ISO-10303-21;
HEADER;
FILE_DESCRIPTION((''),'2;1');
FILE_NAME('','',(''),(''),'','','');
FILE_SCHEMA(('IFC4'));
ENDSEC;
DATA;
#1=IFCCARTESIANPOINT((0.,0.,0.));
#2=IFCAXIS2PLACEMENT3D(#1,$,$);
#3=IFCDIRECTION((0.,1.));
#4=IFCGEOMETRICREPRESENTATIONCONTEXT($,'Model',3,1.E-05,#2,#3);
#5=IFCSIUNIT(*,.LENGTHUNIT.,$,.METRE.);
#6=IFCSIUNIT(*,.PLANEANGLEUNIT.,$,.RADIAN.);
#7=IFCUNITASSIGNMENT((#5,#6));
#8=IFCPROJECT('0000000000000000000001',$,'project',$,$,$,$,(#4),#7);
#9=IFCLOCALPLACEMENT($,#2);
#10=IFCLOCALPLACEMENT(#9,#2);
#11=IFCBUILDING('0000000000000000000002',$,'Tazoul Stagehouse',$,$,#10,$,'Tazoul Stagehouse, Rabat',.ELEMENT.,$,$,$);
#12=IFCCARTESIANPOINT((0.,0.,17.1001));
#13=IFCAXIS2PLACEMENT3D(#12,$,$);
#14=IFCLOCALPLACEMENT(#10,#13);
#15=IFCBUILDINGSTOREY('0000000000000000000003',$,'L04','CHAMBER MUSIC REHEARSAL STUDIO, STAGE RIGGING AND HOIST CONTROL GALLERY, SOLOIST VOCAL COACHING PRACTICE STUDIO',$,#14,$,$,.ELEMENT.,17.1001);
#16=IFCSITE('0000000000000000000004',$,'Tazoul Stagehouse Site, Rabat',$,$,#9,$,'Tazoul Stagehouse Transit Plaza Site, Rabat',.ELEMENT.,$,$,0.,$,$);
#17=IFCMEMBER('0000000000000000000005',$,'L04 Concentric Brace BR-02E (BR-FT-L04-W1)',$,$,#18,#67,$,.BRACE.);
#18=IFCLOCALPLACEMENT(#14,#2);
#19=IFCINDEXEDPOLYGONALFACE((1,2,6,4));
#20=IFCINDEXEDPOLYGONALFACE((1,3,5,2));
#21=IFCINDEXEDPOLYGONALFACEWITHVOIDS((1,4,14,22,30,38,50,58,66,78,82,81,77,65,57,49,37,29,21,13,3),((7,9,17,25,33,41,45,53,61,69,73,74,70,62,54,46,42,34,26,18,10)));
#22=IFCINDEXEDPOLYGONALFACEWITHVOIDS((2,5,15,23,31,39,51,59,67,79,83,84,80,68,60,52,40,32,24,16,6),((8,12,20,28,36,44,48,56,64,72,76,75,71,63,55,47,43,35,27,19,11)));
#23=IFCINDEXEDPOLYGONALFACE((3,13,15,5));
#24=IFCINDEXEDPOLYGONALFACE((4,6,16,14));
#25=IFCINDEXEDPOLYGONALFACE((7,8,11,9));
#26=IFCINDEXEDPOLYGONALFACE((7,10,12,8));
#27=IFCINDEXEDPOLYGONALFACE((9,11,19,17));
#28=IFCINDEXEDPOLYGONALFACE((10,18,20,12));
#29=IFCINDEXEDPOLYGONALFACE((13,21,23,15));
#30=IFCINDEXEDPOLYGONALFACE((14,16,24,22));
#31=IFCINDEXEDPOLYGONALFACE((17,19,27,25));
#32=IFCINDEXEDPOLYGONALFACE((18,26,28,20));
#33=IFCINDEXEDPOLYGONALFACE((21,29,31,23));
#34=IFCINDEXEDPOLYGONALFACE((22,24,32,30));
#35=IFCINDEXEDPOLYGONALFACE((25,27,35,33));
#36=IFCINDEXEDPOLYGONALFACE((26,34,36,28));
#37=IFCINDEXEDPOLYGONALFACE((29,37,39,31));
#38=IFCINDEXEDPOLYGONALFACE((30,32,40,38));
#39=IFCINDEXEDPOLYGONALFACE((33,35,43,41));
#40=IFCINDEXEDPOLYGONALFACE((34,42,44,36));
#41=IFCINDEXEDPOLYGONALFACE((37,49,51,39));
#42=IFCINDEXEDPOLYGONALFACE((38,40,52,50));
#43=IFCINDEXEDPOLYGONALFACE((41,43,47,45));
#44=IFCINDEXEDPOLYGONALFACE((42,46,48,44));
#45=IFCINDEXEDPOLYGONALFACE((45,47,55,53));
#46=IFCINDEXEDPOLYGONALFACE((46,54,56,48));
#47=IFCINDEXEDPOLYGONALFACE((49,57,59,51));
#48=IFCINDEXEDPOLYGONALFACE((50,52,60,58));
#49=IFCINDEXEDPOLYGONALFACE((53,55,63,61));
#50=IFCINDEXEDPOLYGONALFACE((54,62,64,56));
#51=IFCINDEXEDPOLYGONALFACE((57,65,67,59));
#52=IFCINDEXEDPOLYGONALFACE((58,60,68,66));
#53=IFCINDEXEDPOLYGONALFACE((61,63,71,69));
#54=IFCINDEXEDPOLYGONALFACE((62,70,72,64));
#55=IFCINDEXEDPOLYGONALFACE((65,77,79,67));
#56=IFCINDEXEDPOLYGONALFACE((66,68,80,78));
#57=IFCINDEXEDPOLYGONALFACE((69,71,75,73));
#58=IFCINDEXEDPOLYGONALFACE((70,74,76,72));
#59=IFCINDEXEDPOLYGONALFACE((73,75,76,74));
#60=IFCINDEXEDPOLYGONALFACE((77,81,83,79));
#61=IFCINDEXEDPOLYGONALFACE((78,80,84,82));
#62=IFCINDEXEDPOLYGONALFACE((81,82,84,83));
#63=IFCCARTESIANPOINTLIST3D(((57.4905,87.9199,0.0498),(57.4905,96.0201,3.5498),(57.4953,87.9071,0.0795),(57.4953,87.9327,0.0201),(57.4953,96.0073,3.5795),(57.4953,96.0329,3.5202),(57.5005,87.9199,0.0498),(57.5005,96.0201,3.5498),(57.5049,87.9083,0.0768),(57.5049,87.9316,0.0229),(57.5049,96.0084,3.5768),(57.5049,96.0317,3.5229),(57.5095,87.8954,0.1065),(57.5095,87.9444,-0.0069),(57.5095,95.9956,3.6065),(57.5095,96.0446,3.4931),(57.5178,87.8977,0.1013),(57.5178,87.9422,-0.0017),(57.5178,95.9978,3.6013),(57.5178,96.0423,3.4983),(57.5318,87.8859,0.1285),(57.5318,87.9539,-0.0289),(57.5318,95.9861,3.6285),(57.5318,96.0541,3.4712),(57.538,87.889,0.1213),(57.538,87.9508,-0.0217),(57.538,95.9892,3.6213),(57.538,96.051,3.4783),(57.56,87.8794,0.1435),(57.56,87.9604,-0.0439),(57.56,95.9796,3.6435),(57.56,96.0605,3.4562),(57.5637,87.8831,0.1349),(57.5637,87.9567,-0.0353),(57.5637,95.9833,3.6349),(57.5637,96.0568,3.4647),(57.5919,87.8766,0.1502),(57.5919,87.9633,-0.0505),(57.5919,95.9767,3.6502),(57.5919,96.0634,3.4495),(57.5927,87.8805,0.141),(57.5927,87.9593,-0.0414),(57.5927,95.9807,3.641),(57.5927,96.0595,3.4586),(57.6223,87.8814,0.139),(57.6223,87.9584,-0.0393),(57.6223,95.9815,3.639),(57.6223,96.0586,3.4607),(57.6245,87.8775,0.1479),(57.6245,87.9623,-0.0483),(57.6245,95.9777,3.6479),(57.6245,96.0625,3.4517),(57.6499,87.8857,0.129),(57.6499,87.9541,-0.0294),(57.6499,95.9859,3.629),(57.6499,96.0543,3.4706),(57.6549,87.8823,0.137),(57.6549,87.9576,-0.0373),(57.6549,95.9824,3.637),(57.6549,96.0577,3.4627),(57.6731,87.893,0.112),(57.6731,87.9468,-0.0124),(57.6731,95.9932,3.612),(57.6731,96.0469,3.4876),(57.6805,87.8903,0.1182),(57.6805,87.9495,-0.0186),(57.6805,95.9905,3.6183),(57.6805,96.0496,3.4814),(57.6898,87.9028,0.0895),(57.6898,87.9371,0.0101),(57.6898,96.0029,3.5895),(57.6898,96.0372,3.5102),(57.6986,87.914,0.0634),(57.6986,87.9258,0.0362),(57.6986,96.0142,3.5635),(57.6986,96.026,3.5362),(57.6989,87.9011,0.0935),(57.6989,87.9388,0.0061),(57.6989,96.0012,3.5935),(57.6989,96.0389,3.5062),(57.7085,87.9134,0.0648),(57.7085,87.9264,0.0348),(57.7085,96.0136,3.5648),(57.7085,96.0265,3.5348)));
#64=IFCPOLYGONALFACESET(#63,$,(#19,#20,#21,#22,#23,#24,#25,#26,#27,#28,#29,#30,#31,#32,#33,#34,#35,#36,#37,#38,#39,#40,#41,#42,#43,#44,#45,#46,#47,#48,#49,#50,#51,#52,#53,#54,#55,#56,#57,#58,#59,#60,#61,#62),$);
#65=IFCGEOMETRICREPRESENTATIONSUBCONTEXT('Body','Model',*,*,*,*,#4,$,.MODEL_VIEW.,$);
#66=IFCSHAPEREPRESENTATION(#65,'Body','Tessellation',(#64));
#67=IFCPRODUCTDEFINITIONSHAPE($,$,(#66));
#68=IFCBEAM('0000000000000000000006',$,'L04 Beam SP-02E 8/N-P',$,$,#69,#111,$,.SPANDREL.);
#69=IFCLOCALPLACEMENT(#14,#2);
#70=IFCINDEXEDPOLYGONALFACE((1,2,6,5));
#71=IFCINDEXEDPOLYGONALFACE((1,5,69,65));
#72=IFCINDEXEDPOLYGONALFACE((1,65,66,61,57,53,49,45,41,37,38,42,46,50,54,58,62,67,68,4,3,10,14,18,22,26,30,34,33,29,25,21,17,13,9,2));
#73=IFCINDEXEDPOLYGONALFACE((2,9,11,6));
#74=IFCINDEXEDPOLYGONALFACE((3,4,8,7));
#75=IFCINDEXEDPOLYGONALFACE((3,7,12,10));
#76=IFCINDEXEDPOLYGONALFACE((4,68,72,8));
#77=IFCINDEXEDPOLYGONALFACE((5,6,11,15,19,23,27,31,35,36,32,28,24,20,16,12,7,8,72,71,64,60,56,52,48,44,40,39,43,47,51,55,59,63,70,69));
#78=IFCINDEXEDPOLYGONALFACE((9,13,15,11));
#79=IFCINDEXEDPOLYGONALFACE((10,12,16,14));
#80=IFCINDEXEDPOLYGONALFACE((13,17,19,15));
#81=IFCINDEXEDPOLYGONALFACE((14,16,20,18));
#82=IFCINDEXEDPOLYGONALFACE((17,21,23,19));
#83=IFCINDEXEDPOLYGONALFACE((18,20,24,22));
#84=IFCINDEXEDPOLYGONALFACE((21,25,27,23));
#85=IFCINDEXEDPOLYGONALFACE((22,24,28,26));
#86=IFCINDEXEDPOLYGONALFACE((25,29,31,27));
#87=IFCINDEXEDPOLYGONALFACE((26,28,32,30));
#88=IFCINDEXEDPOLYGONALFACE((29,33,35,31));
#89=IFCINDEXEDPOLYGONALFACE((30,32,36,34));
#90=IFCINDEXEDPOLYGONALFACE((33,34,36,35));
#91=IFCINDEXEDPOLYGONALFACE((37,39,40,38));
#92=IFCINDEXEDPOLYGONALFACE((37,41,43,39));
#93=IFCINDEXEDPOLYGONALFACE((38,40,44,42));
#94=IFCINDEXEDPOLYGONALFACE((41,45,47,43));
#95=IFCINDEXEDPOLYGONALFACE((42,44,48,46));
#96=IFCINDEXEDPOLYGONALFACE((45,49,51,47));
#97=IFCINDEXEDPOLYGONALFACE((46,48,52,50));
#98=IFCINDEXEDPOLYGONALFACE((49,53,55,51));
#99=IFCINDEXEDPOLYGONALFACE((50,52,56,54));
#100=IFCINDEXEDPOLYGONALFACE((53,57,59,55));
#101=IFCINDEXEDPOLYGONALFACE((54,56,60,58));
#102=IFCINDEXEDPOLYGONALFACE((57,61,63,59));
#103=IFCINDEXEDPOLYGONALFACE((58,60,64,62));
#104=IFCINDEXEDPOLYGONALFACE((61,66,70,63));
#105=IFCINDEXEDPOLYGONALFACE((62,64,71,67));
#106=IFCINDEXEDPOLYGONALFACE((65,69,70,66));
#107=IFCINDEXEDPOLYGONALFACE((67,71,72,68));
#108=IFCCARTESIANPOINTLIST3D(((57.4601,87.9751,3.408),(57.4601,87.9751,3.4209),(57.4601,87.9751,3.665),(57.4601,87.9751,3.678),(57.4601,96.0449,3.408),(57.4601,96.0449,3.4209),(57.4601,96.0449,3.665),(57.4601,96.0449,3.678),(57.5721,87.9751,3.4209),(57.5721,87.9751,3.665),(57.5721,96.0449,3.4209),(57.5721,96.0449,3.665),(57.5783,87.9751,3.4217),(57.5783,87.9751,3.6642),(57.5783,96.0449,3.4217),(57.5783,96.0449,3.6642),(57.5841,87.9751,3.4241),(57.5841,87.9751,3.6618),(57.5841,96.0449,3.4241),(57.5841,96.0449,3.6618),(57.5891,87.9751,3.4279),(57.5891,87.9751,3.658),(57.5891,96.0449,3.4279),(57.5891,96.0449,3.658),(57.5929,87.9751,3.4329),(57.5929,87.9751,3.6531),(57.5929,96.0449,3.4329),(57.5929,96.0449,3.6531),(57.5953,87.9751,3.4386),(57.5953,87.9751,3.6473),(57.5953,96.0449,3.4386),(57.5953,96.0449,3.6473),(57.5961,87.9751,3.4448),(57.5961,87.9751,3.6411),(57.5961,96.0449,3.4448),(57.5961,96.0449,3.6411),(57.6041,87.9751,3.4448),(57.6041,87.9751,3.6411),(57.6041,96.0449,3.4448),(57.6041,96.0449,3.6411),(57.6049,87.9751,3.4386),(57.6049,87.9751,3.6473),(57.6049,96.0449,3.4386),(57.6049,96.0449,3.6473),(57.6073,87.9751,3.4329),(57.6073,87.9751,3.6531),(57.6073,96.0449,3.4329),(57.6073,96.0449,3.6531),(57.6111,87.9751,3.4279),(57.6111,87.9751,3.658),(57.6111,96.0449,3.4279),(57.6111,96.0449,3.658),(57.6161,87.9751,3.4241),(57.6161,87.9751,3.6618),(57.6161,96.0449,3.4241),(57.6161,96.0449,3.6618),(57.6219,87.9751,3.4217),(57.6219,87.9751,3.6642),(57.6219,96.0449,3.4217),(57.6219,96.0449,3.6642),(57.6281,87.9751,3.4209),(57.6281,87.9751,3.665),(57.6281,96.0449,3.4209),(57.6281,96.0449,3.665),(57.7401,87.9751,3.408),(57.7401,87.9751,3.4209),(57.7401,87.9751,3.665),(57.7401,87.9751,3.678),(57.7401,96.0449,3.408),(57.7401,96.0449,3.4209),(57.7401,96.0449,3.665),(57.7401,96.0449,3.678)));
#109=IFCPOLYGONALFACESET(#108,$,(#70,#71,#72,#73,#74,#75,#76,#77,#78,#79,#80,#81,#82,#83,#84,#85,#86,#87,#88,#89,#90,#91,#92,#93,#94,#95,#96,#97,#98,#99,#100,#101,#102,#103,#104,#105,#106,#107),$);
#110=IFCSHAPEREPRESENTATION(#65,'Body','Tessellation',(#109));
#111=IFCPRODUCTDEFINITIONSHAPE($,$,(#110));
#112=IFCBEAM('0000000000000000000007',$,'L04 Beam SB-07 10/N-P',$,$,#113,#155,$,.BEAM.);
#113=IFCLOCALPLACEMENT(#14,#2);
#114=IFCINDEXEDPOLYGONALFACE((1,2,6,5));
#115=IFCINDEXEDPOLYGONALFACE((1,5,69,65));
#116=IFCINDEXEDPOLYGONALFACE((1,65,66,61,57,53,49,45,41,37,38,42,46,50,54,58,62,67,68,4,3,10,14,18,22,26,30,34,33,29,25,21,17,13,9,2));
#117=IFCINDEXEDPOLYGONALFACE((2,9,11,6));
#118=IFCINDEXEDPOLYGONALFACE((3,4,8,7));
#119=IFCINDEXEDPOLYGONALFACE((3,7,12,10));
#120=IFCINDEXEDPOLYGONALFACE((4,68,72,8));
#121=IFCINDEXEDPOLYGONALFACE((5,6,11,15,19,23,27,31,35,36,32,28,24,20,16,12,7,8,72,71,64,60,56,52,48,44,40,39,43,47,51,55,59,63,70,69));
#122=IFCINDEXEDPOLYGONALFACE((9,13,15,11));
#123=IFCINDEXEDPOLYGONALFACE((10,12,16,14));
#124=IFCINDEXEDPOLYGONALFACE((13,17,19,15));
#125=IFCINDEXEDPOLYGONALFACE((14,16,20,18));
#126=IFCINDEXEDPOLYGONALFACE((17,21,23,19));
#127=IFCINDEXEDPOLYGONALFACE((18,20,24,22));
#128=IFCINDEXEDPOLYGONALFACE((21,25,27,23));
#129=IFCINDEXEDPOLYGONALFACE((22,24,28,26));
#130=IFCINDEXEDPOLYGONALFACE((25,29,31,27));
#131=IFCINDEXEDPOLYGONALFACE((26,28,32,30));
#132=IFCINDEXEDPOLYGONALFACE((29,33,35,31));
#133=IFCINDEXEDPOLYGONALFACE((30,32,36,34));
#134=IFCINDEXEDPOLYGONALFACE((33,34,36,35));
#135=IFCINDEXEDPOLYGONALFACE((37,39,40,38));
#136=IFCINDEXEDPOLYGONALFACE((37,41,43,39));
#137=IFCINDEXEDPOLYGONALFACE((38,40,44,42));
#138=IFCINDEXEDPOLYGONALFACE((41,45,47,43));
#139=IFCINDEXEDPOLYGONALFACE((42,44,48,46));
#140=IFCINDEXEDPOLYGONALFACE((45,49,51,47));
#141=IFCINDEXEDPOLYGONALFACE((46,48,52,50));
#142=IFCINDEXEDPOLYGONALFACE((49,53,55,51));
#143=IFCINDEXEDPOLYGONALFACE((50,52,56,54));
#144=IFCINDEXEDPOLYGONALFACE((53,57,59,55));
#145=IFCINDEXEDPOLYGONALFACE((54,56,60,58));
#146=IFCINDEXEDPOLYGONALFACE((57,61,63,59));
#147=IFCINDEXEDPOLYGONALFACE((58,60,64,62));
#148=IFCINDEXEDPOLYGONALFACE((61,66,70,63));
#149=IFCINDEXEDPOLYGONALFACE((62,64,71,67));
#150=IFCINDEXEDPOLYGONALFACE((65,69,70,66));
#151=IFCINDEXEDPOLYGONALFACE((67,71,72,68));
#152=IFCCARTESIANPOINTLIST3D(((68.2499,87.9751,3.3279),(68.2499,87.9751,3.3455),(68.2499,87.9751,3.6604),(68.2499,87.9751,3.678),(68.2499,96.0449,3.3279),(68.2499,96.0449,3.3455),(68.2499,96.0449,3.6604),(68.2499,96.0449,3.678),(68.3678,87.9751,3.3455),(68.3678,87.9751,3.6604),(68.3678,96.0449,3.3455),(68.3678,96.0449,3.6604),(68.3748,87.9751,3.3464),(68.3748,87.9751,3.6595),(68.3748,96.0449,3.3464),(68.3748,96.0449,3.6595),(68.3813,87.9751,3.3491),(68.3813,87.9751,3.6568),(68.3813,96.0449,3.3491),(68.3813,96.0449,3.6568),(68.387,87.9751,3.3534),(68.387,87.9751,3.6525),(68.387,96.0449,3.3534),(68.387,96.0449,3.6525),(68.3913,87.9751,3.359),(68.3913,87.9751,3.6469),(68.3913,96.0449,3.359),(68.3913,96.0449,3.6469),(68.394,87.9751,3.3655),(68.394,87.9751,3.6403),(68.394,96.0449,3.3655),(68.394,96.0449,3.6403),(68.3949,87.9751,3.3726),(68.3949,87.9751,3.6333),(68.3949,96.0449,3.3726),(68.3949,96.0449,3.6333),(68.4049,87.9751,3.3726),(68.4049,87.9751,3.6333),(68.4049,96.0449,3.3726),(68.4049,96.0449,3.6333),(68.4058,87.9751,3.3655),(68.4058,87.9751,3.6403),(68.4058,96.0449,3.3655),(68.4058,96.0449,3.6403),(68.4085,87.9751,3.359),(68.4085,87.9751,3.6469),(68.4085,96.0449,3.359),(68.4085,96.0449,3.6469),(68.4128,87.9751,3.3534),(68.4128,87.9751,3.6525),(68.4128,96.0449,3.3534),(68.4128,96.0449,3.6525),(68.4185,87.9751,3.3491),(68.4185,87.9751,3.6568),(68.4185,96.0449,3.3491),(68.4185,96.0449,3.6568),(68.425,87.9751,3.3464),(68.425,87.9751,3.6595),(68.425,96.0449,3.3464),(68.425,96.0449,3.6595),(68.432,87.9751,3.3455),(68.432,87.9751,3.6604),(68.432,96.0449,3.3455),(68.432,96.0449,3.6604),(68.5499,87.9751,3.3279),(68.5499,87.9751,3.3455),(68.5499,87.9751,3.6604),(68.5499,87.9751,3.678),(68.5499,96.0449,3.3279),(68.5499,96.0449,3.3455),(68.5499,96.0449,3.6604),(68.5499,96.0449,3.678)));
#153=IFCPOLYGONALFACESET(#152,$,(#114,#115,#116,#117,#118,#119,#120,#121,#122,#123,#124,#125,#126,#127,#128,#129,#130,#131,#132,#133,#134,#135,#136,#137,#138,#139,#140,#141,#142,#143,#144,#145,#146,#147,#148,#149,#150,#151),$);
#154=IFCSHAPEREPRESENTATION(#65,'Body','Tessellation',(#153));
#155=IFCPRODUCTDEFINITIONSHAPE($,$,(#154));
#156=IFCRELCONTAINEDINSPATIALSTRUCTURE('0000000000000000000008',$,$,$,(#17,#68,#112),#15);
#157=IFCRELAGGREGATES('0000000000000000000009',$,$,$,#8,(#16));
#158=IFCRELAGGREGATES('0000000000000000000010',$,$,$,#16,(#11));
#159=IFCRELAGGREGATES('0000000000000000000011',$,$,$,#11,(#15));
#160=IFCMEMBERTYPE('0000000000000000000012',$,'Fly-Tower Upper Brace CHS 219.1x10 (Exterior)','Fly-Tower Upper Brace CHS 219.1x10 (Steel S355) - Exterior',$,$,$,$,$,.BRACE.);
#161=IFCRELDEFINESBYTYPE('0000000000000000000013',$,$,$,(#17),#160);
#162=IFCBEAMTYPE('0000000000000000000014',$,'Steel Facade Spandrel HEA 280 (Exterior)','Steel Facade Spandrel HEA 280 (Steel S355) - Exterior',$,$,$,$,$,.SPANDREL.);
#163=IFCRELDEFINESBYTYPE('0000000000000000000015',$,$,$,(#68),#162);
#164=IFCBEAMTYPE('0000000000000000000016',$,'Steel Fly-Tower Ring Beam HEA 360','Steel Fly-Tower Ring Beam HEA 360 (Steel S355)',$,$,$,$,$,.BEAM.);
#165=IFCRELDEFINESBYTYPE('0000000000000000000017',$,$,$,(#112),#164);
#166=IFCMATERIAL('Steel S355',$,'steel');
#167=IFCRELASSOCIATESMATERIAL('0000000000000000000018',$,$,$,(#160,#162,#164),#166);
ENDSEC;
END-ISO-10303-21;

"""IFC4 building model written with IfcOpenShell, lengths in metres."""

from ifc_helpers import new_model, si_unit, direction, frame, origin, origin_2d, place, context, subcontext, project, spatial, hollow_circle, i_section, extrude, material, material_profile, profile_set, type_object, element, save


model = new_model("IFC4")

# Units and contexts
model_context = context("Model", 3, precision=1e-05, world=origin(), true_north=direction((0.0, 1.0)))
body_context = subcontext(model_context, "Body", "Model", "MODEL_VIEW")
ifc_project = project(units=[si_unit("LENGTHUNIT", "METRE"), si_unit("PLANEANGLEUNIT", "RADIAN")], contexts=[model_context])

# Site, building, storey
site_placement = place(None, origin())
site = spatial("IfcSite", under=ifc_project, at=site_placement, Name="Tazoul Stagehouse Site, Rabat", LongName="Tazoul Stagehouse Transit Plaza Site, Rabat", CompositionType="ELEMENT", RefElevation=0.0)
building_placement = place(site_placement, origin())
building = spatial("IfcBuilding", under=site, at=building_placement, Name="Tazoul Stagehouse", LongName="Tazoul Stagehouse, Rabat", CompositionType="ELEMENT")
storey_placement = place(building_placement, frame((0.0, 0.0, 17.1001)))
storey = spatial("IfcBuildingStorey", under=building, at=storey_placement, Name="L04", Description="CHAMBER MUSIC REHEARSAL STUDIO, STAGE RIGGING AND HOIST CONTROL GALLERY, SOLOIST VOCAL COACHING PRACTICE STUDIO", CompositionType="ELEMENT", Elevation=17.1001)

# Shared definitions
ifc_material_1 = material(Name="Steel S355", Category="steel")

# Member
ifc_material_profile_1 = material_profile(ifc_material_1, hollow_circle(Radius=0.1096, WallThickness=0.01, at=origin_2d()), Name="CHS 219.1x10")
ifc_profile_set_1 = profile_set([ifc_material_profile_1], Name="Steel S355")
member_type = type_object("IfcMemberType", Name="Fly-Tower Upper Brace CHS 219.1x10 (Exterior)", Description="Fly-Tower Upper Brace CHS 219.1x10 (Steel S355) - Exterior", PredefinedType="BRACE", material=ifc_profile_set_1)
member_placement = place(storey_placement, frame((57.6001, 87.9199, 0.0498), z_axis=(0.0, 0.91797, 0.396649), x_axis=(-1.0, 0.0, 0.0)))
element("IfcMember", 1, at=member_placement, inside=storey, type_object=member_type, Name="L04 Concentric Brace BR-02E (BR-FT-L04-W1)", PredefinedType="BRACE", context=body_context, shape_type="SweptSolid", body=[
    extrude(hollow_circle(Radius=0.1096, WallThickness=0.01, at=origin_2d()), origin(), (0.0, 0.0, 1.0), 8.824),
])

# Beams
ifc_material_profile_2 = material_profile(ifc_material_1, i_section(OverallWidth=0.28, OverallDepth=0.27, WebThickness=0.0081, FlangeThickness=0.0129, FilletRadius=0.0239, at=origin_2d()), Name="HEA 280")
ifc_profile_set_2 = profile_set([ifc_material_profile_2], Name="Steel S355")
beam_type_1 = type_object("IfcBeamType", Name="Steel Facade Spandrel HEA 280 (Exterior)", Description="Steel Facade Spandrel HEA 280 (Steel S355) - Exterior", PredefinedType="SPANDREL", material=ifc_profile_set_2)
beam_1_placement = place(storey_placement, frame((57.6001, 87.9751, 3.543), z_axis=(0.0, 1.0, 0.0), x_axis=(-1.0, 0.0, 0.0)))
element("IfcBeam", 2, at=beam_1_placement, inside=storey, type_object=beam_type_1, Name="L04 Beam SP-02E 8/N-P", PredefinedType="SPANDREL", context=body_context, shape_type="SweptSolid", body=[
    extrude(i_section(OverallWidth=0.28, OverallDepth=0.27, WebThickness=0.0081, FlangeThickness=0.0129, FilletRadius=0.0239, at=origin_2d()), origin(), (0.0, 0.0, 1.0), 8.0698),
])
ifc_material_profile_3 = material_profile(ifc_material_1, i_section(OverallWidth=0.3, OverallDepth=0.3501, WebThickness=0.01, FlangeThickness=0.0176, FilletRadius=0.0271, at=origin_2d()), Name="HEA 360")
ifc_profile_set_3 = profile_set([ifc_material_profile_3], Name="Steel S355")
beam_type_2 = type_object("IfcBeamType", Name="Steel Fly-Tower Ring Beam HEA 360", Description="Steel Fly-Tower Ring Beam HEA 360 (Steel S355)", PredefinedType="BEAM", material=ifc_profile_set_3)
beam_2_placement = place(storey_placement, frame((68.3999, 87.9751, 3.5029), z_axis=(0.0, 1.0, 0.0), x_axis=(-1.0, 0.0, 0.0)))
element("IfcBeam", 3, at=beam_2_placement, inside=storey, type_object=beam_type_2, Name="L04 Beam SB-07 10/N-P", PredefinedType="BEAM", context=body_context, shape_type="SweptSolid", body=[
    extrude(i_section(OverallWidth=0.3, OverallDepth=0.3501, WebThickness=0.01, FlangeThickness=0.0176, FilletRadius=0.0271, at=origin_2d()), origin(), (0.0, 0.0, 1.0), 8.0698),
])

save(model, "model.ifc")
